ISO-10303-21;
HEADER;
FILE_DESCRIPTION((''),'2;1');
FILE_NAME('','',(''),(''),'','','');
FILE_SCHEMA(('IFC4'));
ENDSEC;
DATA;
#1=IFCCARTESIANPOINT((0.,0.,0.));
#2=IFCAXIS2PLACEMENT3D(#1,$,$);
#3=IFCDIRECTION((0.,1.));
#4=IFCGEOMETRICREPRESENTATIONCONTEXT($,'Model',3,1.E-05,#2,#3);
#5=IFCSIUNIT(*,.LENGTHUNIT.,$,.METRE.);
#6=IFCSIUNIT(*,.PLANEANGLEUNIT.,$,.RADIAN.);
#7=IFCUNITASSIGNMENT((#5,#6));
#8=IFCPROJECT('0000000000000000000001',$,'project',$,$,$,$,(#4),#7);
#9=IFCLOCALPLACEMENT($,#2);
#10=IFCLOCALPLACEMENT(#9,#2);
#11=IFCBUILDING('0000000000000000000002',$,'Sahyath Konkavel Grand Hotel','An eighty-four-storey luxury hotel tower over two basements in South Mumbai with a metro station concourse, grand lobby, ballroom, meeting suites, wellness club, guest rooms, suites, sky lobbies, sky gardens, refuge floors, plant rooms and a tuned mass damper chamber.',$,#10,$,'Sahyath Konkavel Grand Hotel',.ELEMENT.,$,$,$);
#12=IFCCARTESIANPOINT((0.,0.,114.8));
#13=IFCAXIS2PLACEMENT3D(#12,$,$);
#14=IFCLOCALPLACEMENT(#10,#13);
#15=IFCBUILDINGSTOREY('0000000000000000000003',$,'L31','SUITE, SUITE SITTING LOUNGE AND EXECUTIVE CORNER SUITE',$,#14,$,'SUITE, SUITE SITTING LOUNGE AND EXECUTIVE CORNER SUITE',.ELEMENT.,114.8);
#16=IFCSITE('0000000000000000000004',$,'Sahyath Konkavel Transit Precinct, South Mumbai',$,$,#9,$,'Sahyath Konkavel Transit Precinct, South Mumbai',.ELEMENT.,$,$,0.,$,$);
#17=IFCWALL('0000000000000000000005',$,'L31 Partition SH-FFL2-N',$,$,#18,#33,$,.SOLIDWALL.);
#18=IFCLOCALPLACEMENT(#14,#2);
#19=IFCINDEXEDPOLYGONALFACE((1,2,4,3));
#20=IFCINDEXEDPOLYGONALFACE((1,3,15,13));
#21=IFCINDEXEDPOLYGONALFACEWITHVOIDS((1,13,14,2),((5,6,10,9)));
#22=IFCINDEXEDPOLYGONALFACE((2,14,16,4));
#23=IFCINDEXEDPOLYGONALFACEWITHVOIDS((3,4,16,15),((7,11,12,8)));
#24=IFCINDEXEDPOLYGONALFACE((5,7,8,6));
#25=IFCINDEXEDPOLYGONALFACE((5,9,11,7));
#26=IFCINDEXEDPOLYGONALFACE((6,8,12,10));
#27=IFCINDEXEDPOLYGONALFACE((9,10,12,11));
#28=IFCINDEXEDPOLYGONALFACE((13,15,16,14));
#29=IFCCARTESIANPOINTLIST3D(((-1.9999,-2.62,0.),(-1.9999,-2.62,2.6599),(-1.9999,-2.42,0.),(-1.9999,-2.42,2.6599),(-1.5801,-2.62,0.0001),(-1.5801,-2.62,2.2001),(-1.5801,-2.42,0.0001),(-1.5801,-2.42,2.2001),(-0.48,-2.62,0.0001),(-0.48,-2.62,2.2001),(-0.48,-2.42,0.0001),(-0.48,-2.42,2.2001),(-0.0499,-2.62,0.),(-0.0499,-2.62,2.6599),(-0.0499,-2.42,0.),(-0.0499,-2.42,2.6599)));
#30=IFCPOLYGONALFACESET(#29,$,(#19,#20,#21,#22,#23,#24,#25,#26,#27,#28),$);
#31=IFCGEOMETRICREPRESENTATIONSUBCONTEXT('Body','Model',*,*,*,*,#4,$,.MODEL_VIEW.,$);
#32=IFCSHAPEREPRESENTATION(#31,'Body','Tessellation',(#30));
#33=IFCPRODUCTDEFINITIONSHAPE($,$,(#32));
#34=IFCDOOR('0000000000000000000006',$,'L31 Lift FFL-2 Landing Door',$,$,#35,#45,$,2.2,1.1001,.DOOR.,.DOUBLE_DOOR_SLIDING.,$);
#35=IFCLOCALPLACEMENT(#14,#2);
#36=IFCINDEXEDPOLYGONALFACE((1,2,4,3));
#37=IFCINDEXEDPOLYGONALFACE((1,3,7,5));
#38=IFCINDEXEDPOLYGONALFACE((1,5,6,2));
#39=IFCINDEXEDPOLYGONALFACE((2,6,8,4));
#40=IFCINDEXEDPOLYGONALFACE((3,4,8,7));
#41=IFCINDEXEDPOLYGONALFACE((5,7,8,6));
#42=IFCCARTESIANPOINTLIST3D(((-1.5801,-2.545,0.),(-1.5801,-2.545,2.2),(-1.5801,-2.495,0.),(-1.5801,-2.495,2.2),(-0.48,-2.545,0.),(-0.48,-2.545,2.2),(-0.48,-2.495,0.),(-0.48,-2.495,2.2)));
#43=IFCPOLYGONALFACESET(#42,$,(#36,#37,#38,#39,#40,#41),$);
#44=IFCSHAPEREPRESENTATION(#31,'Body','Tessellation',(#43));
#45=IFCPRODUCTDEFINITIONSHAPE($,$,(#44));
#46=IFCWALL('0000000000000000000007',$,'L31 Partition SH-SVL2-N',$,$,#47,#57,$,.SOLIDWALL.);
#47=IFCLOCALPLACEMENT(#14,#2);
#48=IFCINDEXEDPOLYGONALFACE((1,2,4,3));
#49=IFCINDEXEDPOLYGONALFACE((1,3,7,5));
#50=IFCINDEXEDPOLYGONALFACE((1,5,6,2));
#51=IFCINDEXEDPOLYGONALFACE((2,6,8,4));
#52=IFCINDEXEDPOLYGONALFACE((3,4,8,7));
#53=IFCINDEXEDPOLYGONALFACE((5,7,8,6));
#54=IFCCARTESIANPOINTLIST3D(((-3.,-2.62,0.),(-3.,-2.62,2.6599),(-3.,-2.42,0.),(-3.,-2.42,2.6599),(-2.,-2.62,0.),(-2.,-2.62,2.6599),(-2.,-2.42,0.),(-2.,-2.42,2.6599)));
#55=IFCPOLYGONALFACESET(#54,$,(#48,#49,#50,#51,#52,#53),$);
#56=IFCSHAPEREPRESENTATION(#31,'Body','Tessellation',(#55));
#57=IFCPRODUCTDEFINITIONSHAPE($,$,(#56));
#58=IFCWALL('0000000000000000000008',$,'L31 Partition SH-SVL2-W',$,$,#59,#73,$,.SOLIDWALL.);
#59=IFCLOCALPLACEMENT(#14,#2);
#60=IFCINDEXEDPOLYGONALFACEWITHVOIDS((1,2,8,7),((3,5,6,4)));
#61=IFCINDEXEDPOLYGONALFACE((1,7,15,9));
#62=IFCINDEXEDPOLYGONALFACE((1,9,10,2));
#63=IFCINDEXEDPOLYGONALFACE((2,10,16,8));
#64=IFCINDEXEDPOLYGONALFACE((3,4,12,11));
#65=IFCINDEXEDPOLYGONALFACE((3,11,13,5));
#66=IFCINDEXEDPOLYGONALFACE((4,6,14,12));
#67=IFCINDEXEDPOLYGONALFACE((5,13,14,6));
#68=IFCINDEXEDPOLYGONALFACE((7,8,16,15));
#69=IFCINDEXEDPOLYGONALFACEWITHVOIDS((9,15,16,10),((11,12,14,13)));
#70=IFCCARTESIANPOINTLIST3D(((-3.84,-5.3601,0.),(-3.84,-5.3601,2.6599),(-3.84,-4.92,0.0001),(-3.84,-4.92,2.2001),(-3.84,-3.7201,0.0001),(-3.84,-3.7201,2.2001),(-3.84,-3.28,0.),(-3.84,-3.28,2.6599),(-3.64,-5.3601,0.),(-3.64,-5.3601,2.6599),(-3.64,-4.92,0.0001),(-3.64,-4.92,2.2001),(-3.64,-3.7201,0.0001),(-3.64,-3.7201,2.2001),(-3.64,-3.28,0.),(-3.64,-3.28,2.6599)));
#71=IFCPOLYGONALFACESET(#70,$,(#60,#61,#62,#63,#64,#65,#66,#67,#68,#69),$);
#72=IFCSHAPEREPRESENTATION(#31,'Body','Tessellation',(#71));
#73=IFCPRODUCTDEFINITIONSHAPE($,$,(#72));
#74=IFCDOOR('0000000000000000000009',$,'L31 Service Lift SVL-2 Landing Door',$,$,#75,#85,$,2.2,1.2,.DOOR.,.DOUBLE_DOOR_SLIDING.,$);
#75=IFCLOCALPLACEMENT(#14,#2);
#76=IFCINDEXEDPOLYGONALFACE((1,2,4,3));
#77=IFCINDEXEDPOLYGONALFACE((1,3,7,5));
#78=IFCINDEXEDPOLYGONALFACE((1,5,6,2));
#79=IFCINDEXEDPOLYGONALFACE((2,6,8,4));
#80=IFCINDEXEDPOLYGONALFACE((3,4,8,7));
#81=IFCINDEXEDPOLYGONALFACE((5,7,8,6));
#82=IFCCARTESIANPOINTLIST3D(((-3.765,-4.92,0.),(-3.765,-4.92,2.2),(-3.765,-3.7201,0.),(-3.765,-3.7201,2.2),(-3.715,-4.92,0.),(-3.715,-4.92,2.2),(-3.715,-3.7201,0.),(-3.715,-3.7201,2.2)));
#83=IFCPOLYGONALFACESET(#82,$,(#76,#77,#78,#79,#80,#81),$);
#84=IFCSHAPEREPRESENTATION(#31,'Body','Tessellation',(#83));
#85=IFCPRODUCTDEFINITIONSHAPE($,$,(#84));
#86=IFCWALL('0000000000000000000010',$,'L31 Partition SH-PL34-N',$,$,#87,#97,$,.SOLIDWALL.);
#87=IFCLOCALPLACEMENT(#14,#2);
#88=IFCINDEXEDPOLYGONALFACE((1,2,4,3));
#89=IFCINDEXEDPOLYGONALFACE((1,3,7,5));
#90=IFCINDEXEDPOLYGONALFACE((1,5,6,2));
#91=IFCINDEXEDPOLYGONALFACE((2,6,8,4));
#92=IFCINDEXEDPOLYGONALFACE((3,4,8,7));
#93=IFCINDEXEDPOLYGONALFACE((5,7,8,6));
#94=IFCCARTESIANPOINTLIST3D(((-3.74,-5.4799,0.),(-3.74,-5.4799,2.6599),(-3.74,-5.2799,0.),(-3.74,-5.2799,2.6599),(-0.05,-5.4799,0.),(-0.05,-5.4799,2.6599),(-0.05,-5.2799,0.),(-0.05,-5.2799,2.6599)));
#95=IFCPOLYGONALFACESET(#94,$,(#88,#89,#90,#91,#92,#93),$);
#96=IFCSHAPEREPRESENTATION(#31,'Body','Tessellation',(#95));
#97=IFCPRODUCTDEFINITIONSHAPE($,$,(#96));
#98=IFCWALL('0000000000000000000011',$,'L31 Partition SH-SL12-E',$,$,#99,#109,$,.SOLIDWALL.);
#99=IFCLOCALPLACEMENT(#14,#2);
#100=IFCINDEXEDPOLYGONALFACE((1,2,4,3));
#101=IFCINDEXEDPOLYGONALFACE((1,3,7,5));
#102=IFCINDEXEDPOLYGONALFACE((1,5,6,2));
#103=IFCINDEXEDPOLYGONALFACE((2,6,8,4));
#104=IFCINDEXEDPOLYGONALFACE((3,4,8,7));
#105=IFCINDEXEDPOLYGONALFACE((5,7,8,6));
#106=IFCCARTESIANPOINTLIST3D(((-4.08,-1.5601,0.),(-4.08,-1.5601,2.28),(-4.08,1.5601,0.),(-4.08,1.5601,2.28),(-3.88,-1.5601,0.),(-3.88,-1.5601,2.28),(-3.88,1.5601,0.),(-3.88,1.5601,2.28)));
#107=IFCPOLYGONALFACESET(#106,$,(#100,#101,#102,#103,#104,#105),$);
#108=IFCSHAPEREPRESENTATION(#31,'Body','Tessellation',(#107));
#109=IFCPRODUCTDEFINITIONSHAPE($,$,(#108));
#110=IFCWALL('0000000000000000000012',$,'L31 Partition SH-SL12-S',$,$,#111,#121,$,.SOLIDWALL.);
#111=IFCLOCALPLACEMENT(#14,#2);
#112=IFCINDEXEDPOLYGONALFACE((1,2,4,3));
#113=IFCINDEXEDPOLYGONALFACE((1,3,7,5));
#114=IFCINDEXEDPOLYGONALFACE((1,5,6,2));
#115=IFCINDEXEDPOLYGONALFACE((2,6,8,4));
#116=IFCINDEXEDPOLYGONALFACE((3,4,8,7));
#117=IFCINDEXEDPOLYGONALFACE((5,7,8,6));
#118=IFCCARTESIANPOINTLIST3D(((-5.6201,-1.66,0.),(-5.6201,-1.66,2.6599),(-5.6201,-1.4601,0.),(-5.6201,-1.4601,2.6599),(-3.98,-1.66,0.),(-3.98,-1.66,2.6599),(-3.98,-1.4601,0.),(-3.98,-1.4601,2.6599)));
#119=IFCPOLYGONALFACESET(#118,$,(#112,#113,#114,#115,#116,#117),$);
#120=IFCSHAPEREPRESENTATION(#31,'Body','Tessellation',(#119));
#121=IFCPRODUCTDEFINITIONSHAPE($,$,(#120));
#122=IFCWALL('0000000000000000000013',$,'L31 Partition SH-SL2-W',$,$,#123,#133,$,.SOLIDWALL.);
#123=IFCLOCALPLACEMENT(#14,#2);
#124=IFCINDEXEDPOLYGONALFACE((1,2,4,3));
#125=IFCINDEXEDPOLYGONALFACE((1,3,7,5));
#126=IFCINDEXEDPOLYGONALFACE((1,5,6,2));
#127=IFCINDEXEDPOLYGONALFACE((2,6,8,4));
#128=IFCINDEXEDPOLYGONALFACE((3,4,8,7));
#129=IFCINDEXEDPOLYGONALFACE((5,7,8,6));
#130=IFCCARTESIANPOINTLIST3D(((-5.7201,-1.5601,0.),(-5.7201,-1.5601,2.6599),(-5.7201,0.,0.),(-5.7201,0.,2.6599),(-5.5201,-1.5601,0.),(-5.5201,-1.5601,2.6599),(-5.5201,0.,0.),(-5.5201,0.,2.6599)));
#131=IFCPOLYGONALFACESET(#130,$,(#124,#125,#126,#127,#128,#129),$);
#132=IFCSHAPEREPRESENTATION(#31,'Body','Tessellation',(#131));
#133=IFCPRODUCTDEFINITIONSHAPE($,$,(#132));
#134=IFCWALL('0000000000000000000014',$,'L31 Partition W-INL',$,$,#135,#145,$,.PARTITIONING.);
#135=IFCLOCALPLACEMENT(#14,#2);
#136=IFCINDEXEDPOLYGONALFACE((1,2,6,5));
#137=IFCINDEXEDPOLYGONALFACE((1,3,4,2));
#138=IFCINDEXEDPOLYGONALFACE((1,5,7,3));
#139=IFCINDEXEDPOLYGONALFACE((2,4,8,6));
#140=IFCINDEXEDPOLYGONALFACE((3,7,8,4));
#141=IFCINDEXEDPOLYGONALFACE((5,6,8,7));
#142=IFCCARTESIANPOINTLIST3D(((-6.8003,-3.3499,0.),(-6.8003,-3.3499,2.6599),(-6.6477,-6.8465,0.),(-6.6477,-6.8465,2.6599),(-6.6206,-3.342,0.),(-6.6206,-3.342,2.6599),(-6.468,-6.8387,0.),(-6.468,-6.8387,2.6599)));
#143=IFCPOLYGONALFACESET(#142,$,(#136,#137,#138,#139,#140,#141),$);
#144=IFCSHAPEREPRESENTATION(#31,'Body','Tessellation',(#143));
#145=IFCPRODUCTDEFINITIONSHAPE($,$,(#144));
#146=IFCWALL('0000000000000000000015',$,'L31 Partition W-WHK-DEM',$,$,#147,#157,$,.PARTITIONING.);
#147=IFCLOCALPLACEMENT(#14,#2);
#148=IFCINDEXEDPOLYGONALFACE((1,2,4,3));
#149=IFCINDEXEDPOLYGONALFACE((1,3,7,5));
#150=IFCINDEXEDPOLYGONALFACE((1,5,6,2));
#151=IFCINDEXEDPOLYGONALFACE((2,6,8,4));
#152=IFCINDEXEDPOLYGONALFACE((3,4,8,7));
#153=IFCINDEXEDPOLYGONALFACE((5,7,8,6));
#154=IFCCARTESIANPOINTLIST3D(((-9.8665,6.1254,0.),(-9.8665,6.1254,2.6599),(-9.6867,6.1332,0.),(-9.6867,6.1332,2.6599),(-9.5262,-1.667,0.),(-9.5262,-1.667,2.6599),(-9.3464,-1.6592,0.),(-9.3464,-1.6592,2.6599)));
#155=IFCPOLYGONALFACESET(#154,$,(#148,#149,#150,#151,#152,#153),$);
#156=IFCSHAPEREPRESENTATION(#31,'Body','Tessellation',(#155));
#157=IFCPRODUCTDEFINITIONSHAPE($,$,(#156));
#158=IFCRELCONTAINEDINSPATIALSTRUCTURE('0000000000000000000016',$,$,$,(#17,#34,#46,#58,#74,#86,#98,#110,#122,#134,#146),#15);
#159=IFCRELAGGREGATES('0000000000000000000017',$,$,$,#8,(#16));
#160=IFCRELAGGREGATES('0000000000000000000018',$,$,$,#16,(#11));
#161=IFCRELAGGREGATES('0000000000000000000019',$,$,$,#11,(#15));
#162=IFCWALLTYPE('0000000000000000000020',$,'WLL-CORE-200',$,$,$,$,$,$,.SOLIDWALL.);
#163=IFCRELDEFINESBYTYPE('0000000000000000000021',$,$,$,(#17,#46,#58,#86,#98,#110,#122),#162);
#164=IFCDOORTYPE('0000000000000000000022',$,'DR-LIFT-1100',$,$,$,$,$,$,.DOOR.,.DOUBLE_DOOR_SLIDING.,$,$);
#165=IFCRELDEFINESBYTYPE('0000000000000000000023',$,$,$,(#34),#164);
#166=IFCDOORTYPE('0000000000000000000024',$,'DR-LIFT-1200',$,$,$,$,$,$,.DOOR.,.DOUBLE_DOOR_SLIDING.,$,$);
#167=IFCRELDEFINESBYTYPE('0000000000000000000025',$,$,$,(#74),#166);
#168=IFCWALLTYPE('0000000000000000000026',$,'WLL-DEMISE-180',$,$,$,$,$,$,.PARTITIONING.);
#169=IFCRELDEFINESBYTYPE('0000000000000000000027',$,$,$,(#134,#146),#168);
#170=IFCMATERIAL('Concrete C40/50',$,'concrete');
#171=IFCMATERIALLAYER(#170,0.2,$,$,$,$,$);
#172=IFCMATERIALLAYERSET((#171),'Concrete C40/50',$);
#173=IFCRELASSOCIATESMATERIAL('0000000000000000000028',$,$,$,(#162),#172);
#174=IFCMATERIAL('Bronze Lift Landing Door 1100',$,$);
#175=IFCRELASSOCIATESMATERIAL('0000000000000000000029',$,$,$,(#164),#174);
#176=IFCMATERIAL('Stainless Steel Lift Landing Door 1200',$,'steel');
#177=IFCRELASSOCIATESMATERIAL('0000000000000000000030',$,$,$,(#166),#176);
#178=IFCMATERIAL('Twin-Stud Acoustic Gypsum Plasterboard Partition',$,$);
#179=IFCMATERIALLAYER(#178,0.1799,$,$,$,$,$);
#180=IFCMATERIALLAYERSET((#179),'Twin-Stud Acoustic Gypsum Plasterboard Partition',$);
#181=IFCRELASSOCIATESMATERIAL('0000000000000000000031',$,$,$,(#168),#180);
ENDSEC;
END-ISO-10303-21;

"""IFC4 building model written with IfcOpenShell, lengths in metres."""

from ifc_helpers import new_model, si_unit, direction, frame, frame_2d, origin, origin_2d, place, context, subcontext, project, spatial, rectangle, extrude, source, transform, mapped, material, layer, layer_set, type_object, element, fill, save


model = new_model("IFC4")

# Units and contexts
model_context = context("Model", 3, precision=1e-05, world=origin(), true_north=direction((0.0, 1.0)))
body_context = subcontext(model_context, "Body", "Model", "MODEL_VIEW")
ifc_project = project(units=[si_unit("LENGTHUNIT", "METRE"), si_unit("PLANEANGLEUNIT", "RADIAN")], contexts=[model_context])

# Site, building, storey
site_placement = place(None, origin())
site = spatial("IfcSite", under=ifc_project, at=site_placement, Name="Sahyath Konkavel Transit Precinct, South Mumbai", LongName="Sahyath Konkavel Transit Precinct, South Mumbai", CompositionType="ELEMENT", RefElevation=0.0)
building_placement = place(site_placement, origin())
building = spatial("IfcBuilding", under=site, at=building_placement, Name="Sahyath Konkavel Grand Hotel", Description="An eighty-four-storey luxury hotel tower over two basements in South Mumbai with a metro station concourse, grand lobby, ballroom, meeting suites, wellness club, guest rooms, suites, sky lobbies, sky gardens, refuge floors, plant rooms and a tuned mass damper chamber.", LongName="Sahyath Konkavel Grand Hotel", CompositionType="ELEMENT")
storey_placement = place(building_placement, frame((0.0, 0.0, 114.8)))
storey = spatial("IfcBuildingStorey", under=building, at=storey_placement, Name="L31", Description="SUITE, SUITE SITTING LOUNGE AND EXECUTIVE CORNER SUITE", LongName="SUITE, SUITE SITTING LOUNGE AND EXECUTIVE CORNER SUITE", CompositionType="ELEMENT", Elevation=114.8)

# Shared definitions
ifc_material_1 = material(Name="Concrete C40/50", Category="concrete")
ifc_layer_1 = layer(ifc_material_1, 0.2)
ifc_layer_set_1 = layer_set([ifc_layer_1], Name="Concrete C40/50")
wall_type_1 = type_object("IfcWallType", Name="WLL-CORE-200", PredefinedType="SOLIDWALL", material=ifc_layer_set_1)

# Wall, opening, door
wall_1_placement = place(storey_placement, frame((-2.0, -2.52, 0.0), z_axis=(0.0, 0.0, 1.0), x_axis=(1.0, 0.0, 0.0)))
wall_1 = element("IfcWall", 1, at=wall_1_placement, inside=storey, type_object=wall_type_1, Name="L31 Partition SH-FFL2-N", PredefinedType="SOLIDWALL", context=body_context, shape_type="SweptSolid", body=[
    extrude(rectangle(XDim=1.95, YDim=0.2, at=frame_2d((0.9751, 0.0))), origin(), (0.0, 0.0, 1.0), 2.6599),
])
opening_1_placement = place(wall_1_placement, frame((0.4199, 0.0, 0.0)))
opening_1 = element("IfcOpeningElement", 2, at=opening_1_placement, cuts=wall_1, PredefinedType="OPENING", context=body_context, shape_type="SweptSolid", body=[
    extrude(rectangle(XDim=1.1001, YDim=2.2, at=frame_2d((0.55, 1.1001))), frame((0.0, 0.1099, 0.0), z_axis=(0.0, -1.0, 0.0), x_axis=(1.0, 0.0, 0.0)), (0.0, 0.0, 1.0), 0.22),
])
ifc_material_2 = material(Name="Bronze Lift Landing Door 1100")
door_type_1 = type_object("IfcDoorType", Name="DR-LIFT-1100", OperationType="DOUBLE_DOOR_SLIDING", PredefinedType="DOOR", material=ifc_material_2)
shared_shape_1 = source(origin(), body_context, "Body", "SweptSolid", [
    extrude(rectangle(XDim=1.1001, YDim=0.05, at=origin_2d()), origin(), (0.0, 0.0, 1.0), 2.2),
])
door_1_placement = place(opening_1_placement, frame((0.55, 0.0, 0.0)))
door_1 = element("IfcDoor", 3, at=door_1_placement, inside=storey, type_object=door_type_1, Name="L31 Lift FFL-2 Landing Door", OperationType="DOUBLE_DOOR_SLIDING", OverallHeight=2.2, OverallWidth=1.1001, PredefinedType="DOOR", context=body_context, shape_type="MappedRepresentation", body=[
    mapped(shared_shape_1, transform((0.0, 0.0, 0.0), scale=1.0)),
])
fill(opening_1, door_1)

# Wall
wall_2_placement = place(storey_placement, frame((-3.0, -2.52, 0.0), z_axis=(0.0, 0.0, 1.0), x_axis=(1.0, 0.0, 0.0)))
element("IfcWall", 4, at=wall_2_placement, inside=storey, type_object=wall_type_1, Name="L31 Partition SH-SVL2-N", PredefinedType="SOLIDWALL", context=body_context, shape_type="SweptSolid", body=[
    extrude(rectangle(XDim=1.0, YDim=0.2, at=frame_2d((0.5, 0.0))), origin(), (0.0, 0.0, 1.0), 2.6599),
])

# Wall, opening, door
wall_3_placement = place(storey_placement, frame((-3.74, -5.3601, 0.0), z_axis=(0.0, 0.0, 1.0), x_axis=(0.0, 1.0, 0.0)))
wall_3 = element("IfcWall", 5, at=wall_3_placement, inside=storey, type_object=wall_type_1, Name="L31 Partition SH-SVL2-W", PredefinedType="SOLIDWALL", context=body_context, shape_type="SweptSolid", body=[
    extrude(rectangle(XDim=2.0801, YDim=0.2, at=frame_2d((1.04, 0.0))), origin(), (0.0, 0.0, 1.0), 2.6599),
])
opening_2_placement = place(wall_3_placement, frame((0.4399, 0.0, 0.0)))
opening_2 = element("IfcOpeningElement", 6, at=opening_2_placement, cuts=wall_3, PredefinedType="OPENING", context=body_context, shape_type="SweptSolid", body=[
    extrude(rectangle(XDim=1.2, YDim=2.2, at=frame_2d((0.6001, 1.1001))), frame((0.0, 0.1099, 0.0), z_axis=(0.0, -1.0, 0.0), x_axis=(1.0, 0.0, 0.0)), (0.0, 0.0, 1.0), 0.22),
])
ifc_material_3 = material(Name="Stainless Steel Lift Landing Door 1200", Category="steel")
door_type_2 = type_object("IfcDoorType", Name="DR-LIFT-1200", OperationType="DOUBLE_DOOR_SLIDING", PredefinedType="DOOR", material=ifc_material_3)
shared_shape_2 = source(origin(), body_context, "Body", "SweptSolid", [
    extrude(rectangle(XDim=1.2, YDim=0.05, at=origin_2d()), origin(), (0.0, 0.0, 1.0), 2.2),
])
door_2_placement = place(opening_2_placement, frame((0.6001, 0.0, 0.0)))
door_2 = element("IfcDoor", 7, at=door_2_placement, inside=storey, type_object=door_type_2, Name="L31 Service Lift SVL-2 Landing Door", OperationType="DOUBLE_DOOR_SLIDING", OverallHeight=2.2, OverallWidth=1.2, PredefinedType="DOOR", context=body_context, shape_type="MappedRepresentation", body=[
    mapped(shared_shape_2, transform((0.0, 0.0, 0.0), scale=1.0)),
])
fill(opening_2, door_2)

# Walls
wall_4_placement = place(storey_placement, frame((-3.74, -5.3799, 0.0), z_axis=(0.0, 0.0, 1.0), x_axis=(1.0, 0.0, 0.0)))
element("IfcWall", 8, at=wall_4_placement, inside=storey, type_object=wall_type_1, Name="L31 Partition SH-PL34-N", PredefinedType="SOLIDWALL", context=body_context, shape_type="SweptSolid", body=[
    extrude(rectangle(XDim=3.6899, YDim=0.2, at=frame_2d((1.845, 0.0))), origin(), (0.0, 0.0, 1.0), 2.6599),
])
wall_5_placement = place(storey_placement, frame((-3.98, -1.5601, 0.0), z_axis=(0.0, 0.0, 1.0), x_axis=(0.0, 1.0, 0.0)))
element("IfcWall", 9, at=wall_5_placement, inside=storey, type_object=wall_type_1, Name="L31 Partition SH-SL12-E", PredefinedType="SOLIDWALL", context=body_context, shape_type="SweptSolid", body=[
    extrude(rectangle(XDim=3.1201, YDim=0.2, at=frame_2d((1.5601, 0.0))), origin(), (0.0, 0.0, 1.0), 2.28),
])
wall_6_placement = place(storey_placement, frame((-5.6201, -1.5601, 0.0), z_axis=(0.0, 0.0, 1.0), x_axis=(1.0, 0.0, 0.0)))
element("IfcWall", 10, at=wall_6_placement, inside=storey, type_object=wall_type_1, Name="L31 Partition SH-SL12-S", PredefinedType="SOLIDWALL", context=body_context, shape_type="SweptSolid", body=[
    extrude(rectangle(XDim=1.6401, YDim=0.2, at=frame_2d((0.8201, 0.0))), origin(), (0.0, 0.0, 1.0), 2.6599),
])
wall_7_placement = place(storey_placement, frame((-5.6201, -1.5601, 0.0), z_axis=(0.0, 0.0, 1.0), x_axis=(0.0, 1.0, 0.0)))
element("IfcWall", 11, at=wall_7_placement, inside=storey, type_object=wall_type_1, Name="L31 Partition SH-SL2-W", PredefinedType="SOLIDWALL", context=body_context, shape_type="SweptSolid", body=[
    extrude(rectangle(XDim=1.5601, YDim=0.2, at=frame_2d((0.78, 0.0))), origin(), (0.0, 0.0, 1.0), 2.6599),
])
ifc_material_4 = material(Name="Twin-Stud Acoustic Gypsum Plasterboard Partition")
ifc_layer_2 = layer(ifc_material_4, 0.1799)
ifc_layer_set_2 = layer_set([ifc_layer_2], Name="Twin-Stud Acoustic Gypsum Plasterboard Partition")
wall_type_2 = type_object("IfcWallType", Name="WLL-DEMISE-180", PredefinedType="PARTITIONING", material=ifc_layer_set_2)
wall_8_placement = place(storey_placement, frame((-6.7104, -3.3459, 0.0), z_axis=(0.0, 0.0, 1.0), x_axis=(0.043598, -0.999049, 0.0)))
element("IfcWall", 12, at=wall_8_placement, inside=storey, type_object=wall_type_2, Name="L31 Partition W-INL", PredefinedType="PARTITIONING", context=body_context, shape_type="SweptSolid", body=[
    extrude(rectangle(XDim=3.5, YDim=0.1799, at=frame_2d((1.75, 0.0))), origin(), (0.0, 0.0, 1.0), 2.6599),
])
wall_9_placement = place(storey_placement, frame((-9.4363, -1.6631, 0.0), z_axis=(0.0, 0.0, 1.0), x_axis=(-0.043633, 0.999048, 0.0)))
element("IfcWall", 13, at=wall_9_placement, inside=storey, type_object=wall_type_2, Name="L31 Partition W-WHK-DEM", PredefinedType="PARTITIONING", context=body_context, shape_type="SweptSolid", body=[
    extrude(rectangle(XDim=7.7998, YDim=0.1799, at=frame_2d((3.8999, 0.0))), origin(), (0.0, 0.0, 1.0), 2.6599),
])

save(model, "model.ifc")
